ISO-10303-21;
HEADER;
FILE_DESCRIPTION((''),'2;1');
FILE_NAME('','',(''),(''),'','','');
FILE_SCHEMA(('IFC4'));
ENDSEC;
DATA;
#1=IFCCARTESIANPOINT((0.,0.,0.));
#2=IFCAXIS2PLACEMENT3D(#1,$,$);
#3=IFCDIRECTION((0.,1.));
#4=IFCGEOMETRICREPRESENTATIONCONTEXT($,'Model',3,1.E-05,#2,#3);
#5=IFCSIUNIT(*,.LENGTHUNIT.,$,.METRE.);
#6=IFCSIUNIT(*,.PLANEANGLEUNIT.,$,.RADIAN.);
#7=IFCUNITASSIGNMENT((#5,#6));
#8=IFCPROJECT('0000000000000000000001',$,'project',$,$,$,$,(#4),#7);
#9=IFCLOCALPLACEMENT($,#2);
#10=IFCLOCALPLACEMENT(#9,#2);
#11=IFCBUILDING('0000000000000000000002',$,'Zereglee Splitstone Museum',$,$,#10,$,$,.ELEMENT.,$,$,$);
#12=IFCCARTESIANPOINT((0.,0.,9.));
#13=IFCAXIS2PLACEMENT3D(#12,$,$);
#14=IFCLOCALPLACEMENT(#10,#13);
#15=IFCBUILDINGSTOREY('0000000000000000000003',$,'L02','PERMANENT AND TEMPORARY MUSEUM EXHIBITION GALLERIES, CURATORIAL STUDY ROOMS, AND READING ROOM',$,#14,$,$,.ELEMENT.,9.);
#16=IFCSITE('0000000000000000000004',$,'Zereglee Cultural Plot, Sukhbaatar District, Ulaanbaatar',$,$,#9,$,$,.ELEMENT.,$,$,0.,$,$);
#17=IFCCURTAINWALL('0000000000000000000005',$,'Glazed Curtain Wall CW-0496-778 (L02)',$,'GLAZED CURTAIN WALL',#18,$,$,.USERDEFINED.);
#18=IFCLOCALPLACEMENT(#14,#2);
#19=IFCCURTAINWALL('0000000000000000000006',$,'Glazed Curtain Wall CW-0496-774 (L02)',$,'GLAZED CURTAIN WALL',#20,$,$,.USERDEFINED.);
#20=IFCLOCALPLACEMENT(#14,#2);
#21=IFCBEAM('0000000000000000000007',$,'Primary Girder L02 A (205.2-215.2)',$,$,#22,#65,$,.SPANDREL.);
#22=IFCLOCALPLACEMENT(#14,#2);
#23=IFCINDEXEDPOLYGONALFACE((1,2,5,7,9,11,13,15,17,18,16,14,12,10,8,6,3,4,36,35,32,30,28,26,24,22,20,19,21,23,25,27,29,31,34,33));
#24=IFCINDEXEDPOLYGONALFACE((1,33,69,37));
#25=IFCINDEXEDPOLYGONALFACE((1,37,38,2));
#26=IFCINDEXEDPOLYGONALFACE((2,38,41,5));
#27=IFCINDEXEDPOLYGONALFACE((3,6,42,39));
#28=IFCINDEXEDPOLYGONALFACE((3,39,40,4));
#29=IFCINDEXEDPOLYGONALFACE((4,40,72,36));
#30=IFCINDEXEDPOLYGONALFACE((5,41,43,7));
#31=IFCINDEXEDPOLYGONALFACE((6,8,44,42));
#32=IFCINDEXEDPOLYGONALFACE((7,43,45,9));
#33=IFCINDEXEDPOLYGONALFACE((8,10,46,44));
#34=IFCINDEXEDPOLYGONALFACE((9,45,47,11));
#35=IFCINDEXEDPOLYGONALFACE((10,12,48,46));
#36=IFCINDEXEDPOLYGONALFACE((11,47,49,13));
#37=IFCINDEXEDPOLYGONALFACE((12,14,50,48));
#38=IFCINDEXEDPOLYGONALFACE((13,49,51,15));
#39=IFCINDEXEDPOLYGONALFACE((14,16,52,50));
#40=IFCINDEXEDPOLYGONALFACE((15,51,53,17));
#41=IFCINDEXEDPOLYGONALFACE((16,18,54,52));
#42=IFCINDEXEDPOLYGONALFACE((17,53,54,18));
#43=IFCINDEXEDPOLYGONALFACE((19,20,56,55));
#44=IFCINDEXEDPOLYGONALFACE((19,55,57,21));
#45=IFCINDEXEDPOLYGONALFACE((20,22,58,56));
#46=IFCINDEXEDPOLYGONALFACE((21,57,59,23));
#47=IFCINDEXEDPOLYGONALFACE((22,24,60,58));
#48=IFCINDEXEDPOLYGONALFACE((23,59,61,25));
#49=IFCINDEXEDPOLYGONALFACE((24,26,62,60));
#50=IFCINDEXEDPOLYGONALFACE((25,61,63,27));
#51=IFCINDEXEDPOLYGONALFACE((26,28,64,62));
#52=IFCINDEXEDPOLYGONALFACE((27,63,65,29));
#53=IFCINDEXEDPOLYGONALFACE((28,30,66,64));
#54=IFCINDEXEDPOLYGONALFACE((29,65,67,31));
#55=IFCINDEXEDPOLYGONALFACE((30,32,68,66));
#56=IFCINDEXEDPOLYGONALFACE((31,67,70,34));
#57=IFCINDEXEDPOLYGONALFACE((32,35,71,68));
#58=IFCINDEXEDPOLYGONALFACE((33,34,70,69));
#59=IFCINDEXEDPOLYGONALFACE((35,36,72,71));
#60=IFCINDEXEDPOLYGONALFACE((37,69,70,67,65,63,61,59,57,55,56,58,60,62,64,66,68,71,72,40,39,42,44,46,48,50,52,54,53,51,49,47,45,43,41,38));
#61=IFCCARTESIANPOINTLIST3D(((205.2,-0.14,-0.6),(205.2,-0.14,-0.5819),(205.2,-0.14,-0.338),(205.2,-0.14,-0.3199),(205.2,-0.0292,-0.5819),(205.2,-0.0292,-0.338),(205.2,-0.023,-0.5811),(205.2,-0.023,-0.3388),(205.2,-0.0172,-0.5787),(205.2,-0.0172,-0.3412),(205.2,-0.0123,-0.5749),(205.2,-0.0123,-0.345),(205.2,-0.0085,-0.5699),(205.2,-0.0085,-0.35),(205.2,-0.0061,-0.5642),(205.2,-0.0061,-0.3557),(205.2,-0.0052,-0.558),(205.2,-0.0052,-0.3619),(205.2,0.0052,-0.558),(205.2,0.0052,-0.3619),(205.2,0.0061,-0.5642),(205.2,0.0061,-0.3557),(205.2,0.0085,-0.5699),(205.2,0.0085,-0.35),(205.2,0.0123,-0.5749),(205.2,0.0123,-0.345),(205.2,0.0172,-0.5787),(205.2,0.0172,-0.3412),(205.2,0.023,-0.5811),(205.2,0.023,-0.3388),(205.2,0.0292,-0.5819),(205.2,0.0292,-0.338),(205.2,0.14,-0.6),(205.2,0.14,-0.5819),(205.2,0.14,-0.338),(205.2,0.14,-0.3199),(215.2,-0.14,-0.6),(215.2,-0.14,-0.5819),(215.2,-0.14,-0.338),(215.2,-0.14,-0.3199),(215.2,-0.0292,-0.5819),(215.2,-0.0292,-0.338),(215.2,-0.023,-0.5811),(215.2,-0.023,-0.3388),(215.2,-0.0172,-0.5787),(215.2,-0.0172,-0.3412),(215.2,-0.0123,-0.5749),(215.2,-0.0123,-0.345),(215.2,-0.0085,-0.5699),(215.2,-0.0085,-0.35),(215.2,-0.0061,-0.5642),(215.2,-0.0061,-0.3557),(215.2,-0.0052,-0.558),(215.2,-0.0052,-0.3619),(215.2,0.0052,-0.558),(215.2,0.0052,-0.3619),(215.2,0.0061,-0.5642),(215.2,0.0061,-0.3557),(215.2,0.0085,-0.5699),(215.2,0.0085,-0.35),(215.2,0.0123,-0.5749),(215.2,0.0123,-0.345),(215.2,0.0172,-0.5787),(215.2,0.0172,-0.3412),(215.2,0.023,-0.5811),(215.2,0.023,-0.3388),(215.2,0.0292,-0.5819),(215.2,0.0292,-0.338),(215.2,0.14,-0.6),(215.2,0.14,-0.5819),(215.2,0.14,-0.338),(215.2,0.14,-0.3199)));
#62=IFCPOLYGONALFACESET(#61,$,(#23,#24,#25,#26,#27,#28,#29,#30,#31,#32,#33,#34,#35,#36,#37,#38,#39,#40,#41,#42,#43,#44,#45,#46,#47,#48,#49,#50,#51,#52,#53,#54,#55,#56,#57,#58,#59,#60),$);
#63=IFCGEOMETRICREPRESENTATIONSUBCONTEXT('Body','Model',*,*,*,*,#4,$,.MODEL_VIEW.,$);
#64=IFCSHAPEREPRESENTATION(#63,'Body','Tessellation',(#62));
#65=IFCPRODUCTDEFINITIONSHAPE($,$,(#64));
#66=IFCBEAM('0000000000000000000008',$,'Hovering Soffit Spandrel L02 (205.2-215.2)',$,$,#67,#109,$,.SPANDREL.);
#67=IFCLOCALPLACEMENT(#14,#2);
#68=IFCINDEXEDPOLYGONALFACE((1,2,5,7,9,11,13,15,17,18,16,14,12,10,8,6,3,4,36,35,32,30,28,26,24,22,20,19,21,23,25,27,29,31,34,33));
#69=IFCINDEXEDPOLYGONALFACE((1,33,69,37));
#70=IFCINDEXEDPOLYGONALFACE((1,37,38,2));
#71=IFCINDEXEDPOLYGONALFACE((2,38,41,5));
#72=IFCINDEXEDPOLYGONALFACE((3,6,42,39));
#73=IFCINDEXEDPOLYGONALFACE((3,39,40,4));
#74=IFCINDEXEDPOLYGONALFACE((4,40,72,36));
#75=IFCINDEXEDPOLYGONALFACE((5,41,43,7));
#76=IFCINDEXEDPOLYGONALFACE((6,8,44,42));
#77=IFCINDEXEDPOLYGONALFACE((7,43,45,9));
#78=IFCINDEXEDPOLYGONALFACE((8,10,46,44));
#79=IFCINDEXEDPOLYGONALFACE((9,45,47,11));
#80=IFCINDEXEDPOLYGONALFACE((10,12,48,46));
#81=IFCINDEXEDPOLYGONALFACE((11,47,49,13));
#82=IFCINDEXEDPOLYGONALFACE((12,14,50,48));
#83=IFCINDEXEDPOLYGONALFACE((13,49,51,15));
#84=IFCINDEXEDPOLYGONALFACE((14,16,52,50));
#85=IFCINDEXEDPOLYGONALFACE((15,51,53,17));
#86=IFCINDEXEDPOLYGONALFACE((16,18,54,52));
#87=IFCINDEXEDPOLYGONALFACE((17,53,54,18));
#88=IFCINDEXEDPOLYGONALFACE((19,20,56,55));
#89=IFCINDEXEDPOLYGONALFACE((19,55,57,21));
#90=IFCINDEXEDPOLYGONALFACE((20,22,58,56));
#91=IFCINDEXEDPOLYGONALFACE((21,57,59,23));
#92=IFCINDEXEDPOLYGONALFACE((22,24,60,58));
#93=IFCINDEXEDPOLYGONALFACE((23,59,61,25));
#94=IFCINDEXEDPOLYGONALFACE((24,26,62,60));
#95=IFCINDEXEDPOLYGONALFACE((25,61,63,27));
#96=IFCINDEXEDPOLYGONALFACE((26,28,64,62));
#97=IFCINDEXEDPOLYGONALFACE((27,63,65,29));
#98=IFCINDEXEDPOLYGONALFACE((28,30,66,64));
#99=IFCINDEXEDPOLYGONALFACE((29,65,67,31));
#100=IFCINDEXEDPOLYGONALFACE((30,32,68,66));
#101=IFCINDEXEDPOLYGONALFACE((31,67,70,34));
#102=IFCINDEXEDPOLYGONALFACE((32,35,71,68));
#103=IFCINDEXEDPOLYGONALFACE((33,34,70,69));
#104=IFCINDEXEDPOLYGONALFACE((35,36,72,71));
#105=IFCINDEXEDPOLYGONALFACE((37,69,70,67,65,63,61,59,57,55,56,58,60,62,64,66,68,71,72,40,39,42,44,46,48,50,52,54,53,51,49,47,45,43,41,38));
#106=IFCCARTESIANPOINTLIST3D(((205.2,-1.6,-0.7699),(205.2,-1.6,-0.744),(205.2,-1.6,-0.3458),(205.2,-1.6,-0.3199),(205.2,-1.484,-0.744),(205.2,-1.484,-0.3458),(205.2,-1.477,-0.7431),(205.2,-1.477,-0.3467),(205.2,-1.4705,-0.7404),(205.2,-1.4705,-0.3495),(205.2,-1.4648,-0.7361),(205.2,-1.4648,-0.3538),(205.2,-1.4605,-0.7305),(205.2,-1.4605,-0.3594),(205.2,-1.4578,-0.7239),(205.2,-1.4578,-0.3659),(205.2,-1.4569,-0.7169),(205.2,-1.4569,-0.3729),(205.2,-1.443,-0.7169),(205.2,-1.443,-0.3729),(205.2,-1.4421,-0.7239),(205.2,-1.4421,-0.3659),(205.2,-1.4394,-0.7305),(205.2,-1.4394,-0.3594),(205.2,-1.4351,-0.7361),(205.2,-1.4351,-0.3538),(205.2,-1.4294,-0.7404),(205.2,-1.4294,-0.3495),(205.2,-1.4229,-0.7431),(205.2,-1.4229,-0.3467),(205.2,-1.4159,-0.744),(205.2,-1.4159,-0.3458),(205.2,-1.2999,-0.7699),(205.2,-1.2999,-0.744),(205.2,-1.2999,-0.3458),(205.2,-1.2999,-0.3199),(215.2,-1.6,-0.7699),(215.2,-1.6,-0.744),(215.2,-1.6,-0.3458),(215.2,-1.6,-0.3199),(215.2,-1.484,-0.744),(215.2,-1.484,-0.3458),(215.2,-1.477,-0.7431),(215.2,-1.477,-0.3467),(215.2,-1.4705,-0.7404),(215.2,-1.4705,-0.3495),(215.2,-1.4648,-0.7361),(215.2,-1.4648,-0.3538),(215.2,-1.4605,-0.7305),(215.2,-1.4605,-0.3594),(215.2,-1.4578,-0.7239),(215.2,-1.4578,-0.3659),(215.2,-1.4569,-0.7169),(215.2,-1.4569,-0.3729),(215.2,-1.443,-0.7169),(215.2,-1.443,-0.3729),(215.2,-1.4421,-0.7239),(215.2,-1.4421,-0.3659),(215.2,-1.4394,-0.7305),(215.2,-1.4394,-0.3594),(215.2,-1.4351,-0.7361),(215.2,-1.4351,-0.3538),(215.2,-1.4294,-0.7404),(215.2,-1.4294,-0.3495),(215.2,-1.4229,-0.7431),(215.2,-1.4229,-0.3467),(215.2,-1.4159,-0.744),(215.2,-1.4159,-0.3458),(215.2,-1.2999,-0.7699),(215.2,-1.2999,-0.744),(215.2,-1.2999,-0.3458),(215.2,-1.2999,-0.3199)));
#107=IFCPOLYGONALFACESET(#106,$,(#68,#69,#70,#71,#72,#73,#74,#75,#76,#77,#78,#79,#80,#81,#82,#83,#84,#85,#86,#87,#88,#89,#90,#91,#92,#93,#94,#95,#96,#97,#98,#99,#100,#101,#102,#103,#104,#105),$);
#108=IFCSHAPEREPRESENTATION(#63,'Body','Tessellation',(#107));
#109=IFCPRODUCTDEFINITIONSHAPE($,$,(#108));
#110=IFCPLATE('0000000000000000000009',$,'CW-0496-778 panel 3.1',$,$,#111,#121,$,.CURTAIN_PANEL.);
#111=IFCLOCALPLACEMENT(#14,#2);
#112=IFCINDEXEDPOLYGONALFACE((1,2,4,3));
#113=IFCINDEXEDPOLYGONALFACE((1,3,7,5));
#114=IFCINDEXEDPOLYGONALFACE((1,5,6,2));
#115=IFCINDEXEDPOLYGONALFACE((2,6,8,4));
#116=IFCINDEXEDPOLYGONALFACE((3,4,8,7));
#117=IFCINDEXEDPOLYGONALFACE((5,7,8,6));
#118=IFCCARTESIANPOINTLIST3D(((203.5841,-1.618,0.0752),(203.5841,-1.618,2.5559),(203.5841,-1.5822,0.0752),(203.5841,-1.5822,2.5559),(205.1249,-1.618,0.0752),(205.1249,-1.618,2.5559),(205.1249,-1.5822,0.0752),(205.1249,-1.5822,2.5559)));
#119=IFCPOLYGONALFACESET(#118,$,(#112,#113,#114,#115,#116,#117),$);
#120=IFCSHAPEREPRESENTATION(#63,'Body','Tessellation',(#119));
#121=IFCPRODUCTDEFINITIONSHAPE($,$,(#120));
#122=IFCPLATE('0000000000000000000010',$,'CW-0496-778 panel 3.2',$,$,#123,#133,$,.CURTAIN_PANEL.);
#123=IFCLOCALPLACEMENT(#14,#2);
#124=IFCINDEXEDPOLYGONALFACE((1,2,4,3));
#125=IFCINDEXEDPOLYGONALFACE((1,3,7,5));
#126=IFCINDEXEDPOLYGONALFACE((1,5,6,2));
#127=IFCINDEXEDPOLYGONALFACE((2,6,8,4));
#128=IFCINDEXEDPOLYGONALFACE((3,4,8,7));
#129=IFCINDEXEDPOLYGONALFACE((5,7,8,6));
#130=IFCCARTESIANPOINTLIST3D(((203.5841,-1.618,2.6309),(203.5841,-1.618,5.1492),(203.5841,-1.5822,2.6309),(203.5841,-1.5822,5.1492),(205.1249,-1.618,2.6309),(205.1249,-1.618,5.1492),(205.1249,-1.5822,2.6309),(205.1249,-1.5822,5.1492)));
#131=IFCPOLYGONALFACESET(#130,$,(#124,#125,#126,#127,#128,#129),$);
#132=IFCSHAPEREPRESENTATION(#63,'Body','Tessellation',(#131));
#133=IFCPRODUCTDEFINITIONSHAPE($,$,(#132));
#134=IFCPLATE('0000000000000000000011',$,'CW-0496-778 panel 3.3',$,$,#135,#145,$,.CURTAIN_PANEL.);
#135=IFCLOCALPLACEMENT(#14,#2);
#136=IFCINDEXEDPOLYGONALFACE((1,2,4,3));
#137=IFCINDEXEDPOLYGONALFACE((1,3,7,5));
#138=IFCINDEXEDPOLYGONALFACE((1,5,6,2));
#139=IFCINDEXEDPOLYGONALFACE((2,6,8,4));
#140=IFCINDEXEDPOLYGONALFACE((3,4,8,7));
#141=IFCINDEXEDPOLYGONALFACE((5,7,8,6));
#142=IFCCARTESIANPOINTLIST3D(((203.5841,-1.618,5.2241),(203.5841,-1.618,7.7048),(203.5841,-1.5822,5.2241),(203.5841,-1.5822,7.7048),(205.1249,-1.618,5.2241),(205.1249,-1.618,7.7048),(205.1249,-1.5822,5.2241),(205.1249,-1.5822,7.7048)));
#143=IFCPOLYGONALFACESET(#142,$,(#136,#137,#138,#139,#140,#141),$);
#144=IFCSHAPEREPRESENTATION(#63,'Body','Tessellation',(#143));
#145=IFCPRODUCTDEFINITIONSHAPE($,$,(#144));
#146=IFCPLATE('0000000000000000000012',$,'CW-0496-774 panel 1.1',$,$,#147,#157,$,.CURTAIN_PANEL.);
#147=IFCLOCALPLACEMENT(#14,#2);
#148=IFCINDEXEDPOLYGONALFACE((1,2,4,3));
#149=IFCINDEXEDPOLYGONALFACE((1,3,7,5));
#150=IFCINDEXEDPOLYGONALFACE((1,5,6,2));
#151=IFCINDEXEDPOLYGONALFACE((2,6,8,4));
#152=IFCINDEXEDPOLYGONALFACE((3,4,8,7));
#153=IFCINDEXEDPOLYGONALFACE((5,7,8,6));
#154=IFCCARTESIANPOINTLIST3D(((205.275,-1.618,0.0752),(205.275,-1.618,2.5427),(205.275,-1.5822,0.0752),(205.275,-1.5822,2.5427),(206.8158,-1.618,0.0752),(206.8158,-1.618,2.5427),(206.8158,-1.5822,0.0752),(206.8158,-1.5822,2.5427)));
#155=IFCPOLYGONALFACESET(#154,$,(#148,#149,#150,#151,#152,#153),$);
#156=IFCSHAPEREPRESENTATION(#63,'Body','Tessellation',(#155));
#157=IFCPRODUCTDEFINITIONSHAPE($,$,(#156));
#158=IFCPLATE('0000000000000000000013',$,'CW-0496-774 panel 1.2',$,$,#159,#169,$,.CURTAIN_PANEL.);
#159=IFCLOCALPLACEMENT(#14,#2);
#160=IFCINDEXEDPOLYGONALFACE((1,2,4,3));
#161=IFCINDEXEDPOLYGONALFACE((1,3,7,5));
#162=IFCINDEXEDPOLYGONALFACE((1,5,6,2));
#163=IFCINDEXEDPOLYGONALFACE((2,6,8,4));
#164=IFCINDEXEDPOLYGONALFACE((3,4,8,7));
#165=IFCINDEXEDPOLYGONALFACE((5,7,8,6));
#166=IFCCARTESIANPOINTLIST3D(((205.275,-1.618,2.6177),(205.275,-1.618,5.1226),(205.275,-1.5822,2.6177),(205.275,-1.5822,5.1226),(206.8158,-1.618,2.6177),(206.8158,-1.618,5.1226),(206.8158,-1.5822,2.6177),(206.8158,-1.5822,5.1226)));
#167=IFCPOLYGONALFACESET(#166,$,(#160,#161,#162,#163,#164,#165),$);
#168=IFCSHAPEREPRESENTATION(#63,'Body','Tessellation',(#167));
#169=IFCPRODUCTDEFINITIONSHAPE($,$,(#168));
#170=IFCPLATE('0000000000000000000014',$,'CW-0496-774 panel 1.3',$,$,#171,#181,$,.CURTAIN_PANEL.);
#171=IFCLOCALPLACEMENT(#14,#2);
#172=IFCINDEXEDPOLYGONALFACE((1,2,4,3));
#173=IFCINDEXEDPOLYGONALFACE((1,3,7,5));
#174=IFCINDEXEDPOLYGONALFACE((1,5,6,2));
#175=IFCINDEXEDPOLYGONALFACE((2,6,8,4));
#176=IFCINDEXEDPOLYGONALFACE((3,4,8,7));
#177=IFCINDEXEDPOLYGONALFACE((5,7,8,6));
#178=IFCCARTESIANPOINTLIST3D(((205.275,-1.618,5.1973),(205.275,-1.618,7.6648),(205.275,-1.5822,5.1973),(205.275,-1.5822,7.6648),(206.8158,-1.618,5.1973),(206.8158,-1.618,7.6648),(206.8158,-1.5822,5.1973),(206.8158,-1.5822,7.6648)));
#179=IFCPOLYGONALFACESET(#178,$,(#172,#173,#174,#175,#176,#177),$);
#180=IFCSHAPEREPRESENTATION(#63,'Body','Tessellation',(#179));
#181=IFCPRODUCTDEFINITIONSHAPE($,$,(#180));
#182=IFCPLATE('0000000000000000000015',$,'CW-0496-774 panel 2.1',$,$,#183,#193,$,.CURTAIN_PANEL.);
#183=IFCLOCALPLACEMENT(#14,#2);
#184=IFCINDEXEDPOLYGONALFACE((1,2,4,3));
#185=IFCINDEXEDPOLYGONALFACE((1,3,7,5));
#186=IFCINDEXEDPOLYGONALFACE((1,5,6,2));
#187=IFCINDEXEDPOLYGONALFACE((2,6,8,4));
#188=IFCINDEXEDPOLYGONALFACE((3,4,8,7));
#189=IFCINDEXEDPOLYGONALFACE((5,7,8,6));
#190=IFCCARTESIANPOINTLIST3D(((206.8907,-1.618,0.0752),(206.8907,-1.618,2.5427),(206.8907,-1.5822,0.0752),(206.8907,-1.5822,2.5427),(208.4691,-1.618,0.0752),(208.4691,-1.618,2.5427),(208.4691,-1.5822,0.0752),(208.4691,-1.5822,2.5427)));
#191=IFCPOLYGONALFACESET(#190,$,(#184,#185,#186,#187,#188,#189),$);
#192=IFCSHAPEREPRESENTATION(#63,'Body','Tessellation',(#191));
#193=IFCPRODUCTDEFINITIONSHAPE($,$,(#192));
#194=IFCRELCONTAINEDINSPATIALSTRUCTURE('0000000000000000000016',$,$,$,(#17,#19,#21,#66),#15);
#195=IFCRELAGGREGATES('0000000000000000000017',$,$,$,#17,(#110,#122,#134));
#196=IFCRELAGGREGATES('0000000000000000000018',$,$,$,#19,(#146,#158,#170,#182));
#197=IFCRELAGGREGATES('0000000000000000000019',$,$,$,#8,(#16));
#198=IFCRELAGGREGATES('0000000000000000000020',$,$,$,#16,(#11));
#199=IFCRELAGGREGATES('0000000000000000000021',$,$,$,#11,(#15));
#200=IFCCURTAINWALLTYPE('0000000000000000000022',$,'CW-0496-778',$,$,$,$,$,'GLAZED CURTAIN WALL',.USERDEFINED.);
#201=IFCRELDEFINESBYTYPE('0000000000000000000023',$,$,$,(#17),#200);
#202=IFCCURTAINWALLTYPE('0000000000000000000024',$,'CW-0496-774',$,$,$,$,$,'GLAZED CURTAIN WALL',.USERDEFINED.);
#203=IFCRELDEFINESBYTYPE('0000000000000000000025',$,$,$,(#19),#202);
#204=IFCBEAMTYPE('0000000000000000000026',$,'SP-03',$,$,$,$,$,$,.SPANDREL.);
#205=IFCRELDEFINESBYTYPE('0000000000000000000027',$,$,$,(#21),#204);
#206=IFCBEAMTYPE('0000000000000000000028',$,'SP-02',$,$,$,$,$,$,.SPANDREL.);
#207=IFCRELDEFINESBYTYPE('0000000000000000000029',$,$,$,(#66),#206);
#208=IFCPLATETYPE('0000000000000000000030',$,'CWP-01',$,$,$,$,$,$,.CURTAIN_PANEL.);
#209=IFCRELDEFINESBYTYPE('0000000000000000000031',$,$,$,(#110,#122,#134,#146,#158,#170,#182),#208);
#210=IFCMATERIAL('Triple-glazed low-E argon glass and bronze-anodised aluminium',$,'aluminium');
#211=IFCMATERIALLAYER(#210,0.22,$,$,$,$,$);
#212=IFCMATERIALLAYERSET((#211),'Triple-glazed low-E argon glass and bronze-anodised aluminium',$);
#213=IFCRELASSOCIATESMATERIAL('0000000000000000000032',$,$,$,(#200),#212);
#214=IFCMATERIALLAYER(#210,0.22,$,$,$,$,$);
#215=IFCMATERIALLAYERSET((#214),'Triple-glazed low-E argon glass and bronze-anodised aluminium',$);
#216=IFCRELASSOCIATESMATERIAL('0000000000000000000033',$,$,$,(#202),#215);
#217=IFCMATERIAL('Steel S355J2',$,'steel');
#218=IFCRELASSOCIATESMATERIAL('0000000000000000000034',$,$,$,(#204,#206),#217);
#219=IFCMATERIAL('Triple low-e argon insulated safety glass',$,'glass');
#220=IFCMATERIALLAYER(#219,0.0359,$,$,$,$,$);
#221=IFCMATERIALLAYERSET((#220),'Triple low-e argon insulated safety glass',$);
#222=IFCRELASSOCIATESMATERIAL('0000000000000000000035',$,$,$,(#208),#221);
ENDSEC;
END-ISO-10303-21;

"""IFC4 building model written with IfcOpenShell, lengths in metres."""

from ifc_helpers import new_model, si_unit, direction, frame, origin, origin_2d, place, context, subcontext, project, spatial, rectangle, i_section, extrude, material, layer, layer_set, material_profile, profile_set, type_object, element, aggregate, save


model = new_model("IFC4")

# Units and contexts
model_context = context("Model", 3, precision=1e-05, world=origin(), true_north=direction((0.0, 1.0)))
body_context = subcontext(model_context, "Body", "Model", "MODEL_VIEW")
ifc_project = project(units=[si_unit("LENGTHUNIT", "METRE"), si_unit("PLANEANGLEUNIT", "RADIAN")], contexts=[model_context])

# Site, building, storey
site_placement = place(None, origin())
site = spatial("IfcSite", under=ifc_project, at=site_placement, Name="Zereglee Cultural Plot, Sukhbaatar District, Ulaanbaatar", CompositionType="ELEMENT", RefElevation=0.0)
building_placement = place(site_placement, origin())
building = spatial("IfcBuilding", under=site, at=building_placement, Name="Zereglee Splitstone Museum", CompositionType="ELEMENT")
storey_placement = place(building_placement, frame((0.0, 0.0, 9.0)))
storey = spatial("IfcBuildingStorey", under=building, at=storey_placement, Name="L02", Description="PERMANENT AND TEMPORARY MUSEUM EXHIBITION GALLERIES, CURATORIAL STUDY ROOMS, AND READING ROOM", CompositionType="ELEMENT", Elevation=9.0)

# Curtain wall
ifc_material_1 = material(Name="Triple-glazed low-E argon glass and bronze-anodised aluminium", Category="aluminium")
ifc_layer_1 = layer(ifc_material_1, 0.22)
ifc_layer_set_1 = layer_set([ifc_layer_1], Name="Triple-glazed low-E argon glass and bronze-anodised aluminium")
curtain_wall_type_1 = type_object("IfcCurtainWallType", Name="CW-0496-778", ElementType="GLAZED CURTAIN WALL", PredefinedType="USERDEFINED", material=ifc_layer_set_1)
curtain_wall_1_placement = place(storey_placement, origin())
curtain_wall_1 = element("IfcCurtainWall", 1, at=curtain_wall_1_placement, inside=storey, type_object=curtain_wall_type_1, Name="Glazed Curtain Wall CW-0496-778 (L02)", ObjectType="GLAZED CURTAIN WALL", PredefinedType="USERDEFINED")

# Curtain wall
ifc_layer_2 = layer(ifc_material_1, 0.22)
ifc_layer_set_2 = layer_set([ifc_layer_2], Name="Triple-glazed low-E argon glass and bronze-anodised aluminium")
curtain_wall_type_2 = type_object("IfcCurtainWallType", Name="CW-0496-774", ElementType="GLAZED CURTAIN WALL", PredefinedType="USERDEFINED", material=ifc_layer_set_2)
curtain_wall_2_placement = place(storey_placement, origin())
curtain_wall_2 = element("IfcCurtainWall", 2, at=curtain_wall_2_placement, inside=storey, type_object=curtain_wall_type_2, Name="Glazed Curtain Wall CW-0496-774 (L02)", ObjectType="GLAZED CURTAIN WALL", PredefinedType="USERDEFINED")

# Beams
ifc_material_2 = material(Name="Steel S355J2", Category="steel")
ifc_material_profile_1 = material_profile(ifc_material_2, i_section(OverallWidth=0.28, OverallDepth=0.28, WebThickness=0.0105, FlangeThickness=0.0181, FilletRadius=0.0239, at=origin_2d()), Name="HE 280 B")
ifc_profile_set_1 = profile_set([ifc_material_profile_1], Name="Steel S355J2")
beam_type_1 = type_object("IfcBeamType", Name="SP-03", PredefinedType="SPANDREL", material=ifc_profile_set_1)
beam_1_placement = place(storey_placement, frame((205.2, 0.0, -0.46), z_axis=(1.0, 0.0, 0.0), x_axis=(0.0, 1.0, 0.0)))
element("IfcBeam", 3, at=beam_1_placement, inside=storey, type_object=beam_type_1, Name="Primary Girder L02 A (205.2-215.2)", PredefinedType="SPANDREL", context=body_context, shape_type="SweptSolid", body=[
    extrude(i_section(OverallWidth=0.28, OverallDepth=0.28, WebThickness=0.0105, FlangeThickness=0.0181, FilletRadius=0.0239, at=origin_2d()), origin(), (0.0, 0.0, 1.0), 10.0),
])
ifc_material_profile_2 = material_profile(ifc_material_2, i_section(OverallWidth=0.3, OverallDepth=0.45, WebThickness=0.0139, FlangeThickness=0.0259, FilletRadius=0.0271, at=origin_2d()), Name="HE 450 B")
ifc_profile_set_2 = profile_set([ifc_material_profile_2], Name="Steel S355J2")
beam_type_2 = type_object("IfcBeamType", Name="SP-02", PredefinedType="SPANDREL", material=ifc_profile_set_2)
beam_2_placement = place(storey_placement, frame((205.2, -1.45, -0.5449), z_axis=(1.0, 0.0, 0.0), x_axis=(0.0, 1.0, 0.0)))
element("IfcBeam", 4, at=beam_2_placement, inside=storey, type_object=beam_type_2, Name="Hovering Soffit Spandrel L02 (205.2-215.2)", PredefinedType="SPANDREL", context=body_context, shape_type="SweptSolid", body=[
    extrude(i_section(OverallWidth=0.3, OverallDepth=0.45, WebThickness=0.0139, FlangeThickness=0.0259, FilletRadius=0.0271, at=origin_2d()), origin(), (0.0, 0.0, 1.0), 10.0),
])

# Plates
ifc_material_3 = material(Name="Triple low-e argon insulated safety glass", Category="glass")
ifc_layer_3 = layer(ifc_material_3, 0.0359)
ifc_layer_set_3 = layer_set([ifc_layer_3], Name="Triple low-e argon insulated safety glass")
plate_type = type_object("IfcPlateType", Name="CWP-01", PredefinedType="CURTAIN_PANEL", material=ifc_layer_set_3)
plate_1_placement = place(storey_placement, frame((204.3545, -1.6001, 0.0752), z_axis=(0.0, 0.0, 1.0), x_axis=(1.0, 0.0, 0.0)))
plate_1 = element("IfcPlate", 5, at=plate_1_placement, type_object=plate_type, Name="CW-0496-778 panel 3.1", PredefinedType="CURTAIN_PANEL", context=body_context, shape_type="SweptSolid", body=[
    extrude(rectangle(XDim=1.5408, YDim=0.0359, at=origin_2d()), origin(), (0.0, 0.0, 1.0), 2.4807),
])
plate_2_placement = place(storey_placement, frame((204.3545, -1.6001, 2.6309), z_axis=(0.0, 0.0, 1.0), x_axis=(1.0, 0.0, 0.0)))
plate_2 = element("IfcPlate", 6, at=plate_2_placement, type_object=plate_type, Name="CW-0496-778 panel 3.2", PredefinedType="CURTAIN_PANEL", context=body_context, shape_type="SweptSolid", body=[
    extrude(rectangle(XDim=1.5408, YDim=0.0359, at=origin_2d()), origin(), (0.0, 0.0, 1.0), 2.5183),
])
plate_3_placement = place(storey_placement, frame((204.3545, -1.6001, 5.2241), z_axis=(0.0, 0.0, 1.0), x_axis=(1.0, 0.0, 0.0)))
plate_3 = element("IfcPlate", 7, at=plate_3_placement, type_object=plate_type, Name="CW-0496-778 panel 3.3", PredefinedType="CURTAIN_PANEL", context=body_context, shape_type="SweptSolid", body=[
    extrude(rectangle(XDim=1.5408, YDim=0.0359, at=origin_2d()), origin(), (0.0, 0.0, 1.0), 2.4807),
])
aggregate(curtain_wall_1, [plate_1, plate_2, plate_3])
plate_4_placement = place(storey_placement, frame((206.0454, -1.6001, 0.0752), z_axis=(0.0, 0.0, 1.0), x_axis=(1.0, 0.0, 0.0)))
plate_4 = element("IfcPlate", 8, at=plate_4_placement, type_object=plate_type, Name="CW-0496-774 panel 1.1", PredefinedType="CURTAIN_PANEL", context=body_context, shape_type="SweptSolid", body=[
    extrude(rectangle(XDim=1.5408, YDim=0.0359, at=origin_2d()), origin(), (0.0, 0.0, 1.0), 2.4675),
])
plate_5_placement = place(storey_placement, frame((206.0454, -1.6001, 2.6177), z_axis=(0.0, 0.0, 1.0), x_axis=(1.0, 0.0, 0.0)))
plate_5 = element("IfcPlate", 9, at=plate_5_placement, type_object=plate_type, Name="CW-0496-774 panel 1.2", PredefinedType="CURTAIN_PANEL", context=body_context, shape_type="SweptSolid", body=[
    extrude(rectangle(XDim=1.5408, YDim=0.0359, at=origin_2d()), origin(), (0.0, 0.0, 1.0), 2.5049),
])
plate_6_placement = place(storey_placement, frame((206.0454, -1.6001, 5.1973), z_axis=(0.0, 0.0, 1.0), x_axis=(1.0, 0.0, 0.0)))
plate_6 = element("IfcPlate", 10, at=plate_6_placement, type_object=plate_type, Name="CW-0496-774 panel 1.3", PredefinedType="CURTAIN_PANEL", context=body_context, shape_type="SweptSolid", body=[
    extrude(rectangle(XDim=1.5408, YDim=0.0359, at=origin_2d()), origin(), (0.0, 0.0, 1.0), 2.4675),
])
plate_7_placement = place(storey_placement, frame((207.6799, -1.6001, 0.0752), z_axis=(0.0, 0.0, 1.0), x_axis=(1.0, 0.0, 0.0)))
plate_7 = element("IfcPlate", 11, at=plate_7_placement, type_object=plate_type, Name="CW-0496-774 panel 2.1", PredefinedType="CURTAIN_PANEL", context=body_context, shape_type="SweptSolid", body=[
    extrude(rectangle(XDim=1.5784, YDim=0.0359, at=origin_2d()), origin(), (0.0, 0.0, 1.0), 2.4675),
])
aggregate(curtain_wall_2, [plate_4, plate_5, plate_6, plate_7])

save(model, "model.ifc")
